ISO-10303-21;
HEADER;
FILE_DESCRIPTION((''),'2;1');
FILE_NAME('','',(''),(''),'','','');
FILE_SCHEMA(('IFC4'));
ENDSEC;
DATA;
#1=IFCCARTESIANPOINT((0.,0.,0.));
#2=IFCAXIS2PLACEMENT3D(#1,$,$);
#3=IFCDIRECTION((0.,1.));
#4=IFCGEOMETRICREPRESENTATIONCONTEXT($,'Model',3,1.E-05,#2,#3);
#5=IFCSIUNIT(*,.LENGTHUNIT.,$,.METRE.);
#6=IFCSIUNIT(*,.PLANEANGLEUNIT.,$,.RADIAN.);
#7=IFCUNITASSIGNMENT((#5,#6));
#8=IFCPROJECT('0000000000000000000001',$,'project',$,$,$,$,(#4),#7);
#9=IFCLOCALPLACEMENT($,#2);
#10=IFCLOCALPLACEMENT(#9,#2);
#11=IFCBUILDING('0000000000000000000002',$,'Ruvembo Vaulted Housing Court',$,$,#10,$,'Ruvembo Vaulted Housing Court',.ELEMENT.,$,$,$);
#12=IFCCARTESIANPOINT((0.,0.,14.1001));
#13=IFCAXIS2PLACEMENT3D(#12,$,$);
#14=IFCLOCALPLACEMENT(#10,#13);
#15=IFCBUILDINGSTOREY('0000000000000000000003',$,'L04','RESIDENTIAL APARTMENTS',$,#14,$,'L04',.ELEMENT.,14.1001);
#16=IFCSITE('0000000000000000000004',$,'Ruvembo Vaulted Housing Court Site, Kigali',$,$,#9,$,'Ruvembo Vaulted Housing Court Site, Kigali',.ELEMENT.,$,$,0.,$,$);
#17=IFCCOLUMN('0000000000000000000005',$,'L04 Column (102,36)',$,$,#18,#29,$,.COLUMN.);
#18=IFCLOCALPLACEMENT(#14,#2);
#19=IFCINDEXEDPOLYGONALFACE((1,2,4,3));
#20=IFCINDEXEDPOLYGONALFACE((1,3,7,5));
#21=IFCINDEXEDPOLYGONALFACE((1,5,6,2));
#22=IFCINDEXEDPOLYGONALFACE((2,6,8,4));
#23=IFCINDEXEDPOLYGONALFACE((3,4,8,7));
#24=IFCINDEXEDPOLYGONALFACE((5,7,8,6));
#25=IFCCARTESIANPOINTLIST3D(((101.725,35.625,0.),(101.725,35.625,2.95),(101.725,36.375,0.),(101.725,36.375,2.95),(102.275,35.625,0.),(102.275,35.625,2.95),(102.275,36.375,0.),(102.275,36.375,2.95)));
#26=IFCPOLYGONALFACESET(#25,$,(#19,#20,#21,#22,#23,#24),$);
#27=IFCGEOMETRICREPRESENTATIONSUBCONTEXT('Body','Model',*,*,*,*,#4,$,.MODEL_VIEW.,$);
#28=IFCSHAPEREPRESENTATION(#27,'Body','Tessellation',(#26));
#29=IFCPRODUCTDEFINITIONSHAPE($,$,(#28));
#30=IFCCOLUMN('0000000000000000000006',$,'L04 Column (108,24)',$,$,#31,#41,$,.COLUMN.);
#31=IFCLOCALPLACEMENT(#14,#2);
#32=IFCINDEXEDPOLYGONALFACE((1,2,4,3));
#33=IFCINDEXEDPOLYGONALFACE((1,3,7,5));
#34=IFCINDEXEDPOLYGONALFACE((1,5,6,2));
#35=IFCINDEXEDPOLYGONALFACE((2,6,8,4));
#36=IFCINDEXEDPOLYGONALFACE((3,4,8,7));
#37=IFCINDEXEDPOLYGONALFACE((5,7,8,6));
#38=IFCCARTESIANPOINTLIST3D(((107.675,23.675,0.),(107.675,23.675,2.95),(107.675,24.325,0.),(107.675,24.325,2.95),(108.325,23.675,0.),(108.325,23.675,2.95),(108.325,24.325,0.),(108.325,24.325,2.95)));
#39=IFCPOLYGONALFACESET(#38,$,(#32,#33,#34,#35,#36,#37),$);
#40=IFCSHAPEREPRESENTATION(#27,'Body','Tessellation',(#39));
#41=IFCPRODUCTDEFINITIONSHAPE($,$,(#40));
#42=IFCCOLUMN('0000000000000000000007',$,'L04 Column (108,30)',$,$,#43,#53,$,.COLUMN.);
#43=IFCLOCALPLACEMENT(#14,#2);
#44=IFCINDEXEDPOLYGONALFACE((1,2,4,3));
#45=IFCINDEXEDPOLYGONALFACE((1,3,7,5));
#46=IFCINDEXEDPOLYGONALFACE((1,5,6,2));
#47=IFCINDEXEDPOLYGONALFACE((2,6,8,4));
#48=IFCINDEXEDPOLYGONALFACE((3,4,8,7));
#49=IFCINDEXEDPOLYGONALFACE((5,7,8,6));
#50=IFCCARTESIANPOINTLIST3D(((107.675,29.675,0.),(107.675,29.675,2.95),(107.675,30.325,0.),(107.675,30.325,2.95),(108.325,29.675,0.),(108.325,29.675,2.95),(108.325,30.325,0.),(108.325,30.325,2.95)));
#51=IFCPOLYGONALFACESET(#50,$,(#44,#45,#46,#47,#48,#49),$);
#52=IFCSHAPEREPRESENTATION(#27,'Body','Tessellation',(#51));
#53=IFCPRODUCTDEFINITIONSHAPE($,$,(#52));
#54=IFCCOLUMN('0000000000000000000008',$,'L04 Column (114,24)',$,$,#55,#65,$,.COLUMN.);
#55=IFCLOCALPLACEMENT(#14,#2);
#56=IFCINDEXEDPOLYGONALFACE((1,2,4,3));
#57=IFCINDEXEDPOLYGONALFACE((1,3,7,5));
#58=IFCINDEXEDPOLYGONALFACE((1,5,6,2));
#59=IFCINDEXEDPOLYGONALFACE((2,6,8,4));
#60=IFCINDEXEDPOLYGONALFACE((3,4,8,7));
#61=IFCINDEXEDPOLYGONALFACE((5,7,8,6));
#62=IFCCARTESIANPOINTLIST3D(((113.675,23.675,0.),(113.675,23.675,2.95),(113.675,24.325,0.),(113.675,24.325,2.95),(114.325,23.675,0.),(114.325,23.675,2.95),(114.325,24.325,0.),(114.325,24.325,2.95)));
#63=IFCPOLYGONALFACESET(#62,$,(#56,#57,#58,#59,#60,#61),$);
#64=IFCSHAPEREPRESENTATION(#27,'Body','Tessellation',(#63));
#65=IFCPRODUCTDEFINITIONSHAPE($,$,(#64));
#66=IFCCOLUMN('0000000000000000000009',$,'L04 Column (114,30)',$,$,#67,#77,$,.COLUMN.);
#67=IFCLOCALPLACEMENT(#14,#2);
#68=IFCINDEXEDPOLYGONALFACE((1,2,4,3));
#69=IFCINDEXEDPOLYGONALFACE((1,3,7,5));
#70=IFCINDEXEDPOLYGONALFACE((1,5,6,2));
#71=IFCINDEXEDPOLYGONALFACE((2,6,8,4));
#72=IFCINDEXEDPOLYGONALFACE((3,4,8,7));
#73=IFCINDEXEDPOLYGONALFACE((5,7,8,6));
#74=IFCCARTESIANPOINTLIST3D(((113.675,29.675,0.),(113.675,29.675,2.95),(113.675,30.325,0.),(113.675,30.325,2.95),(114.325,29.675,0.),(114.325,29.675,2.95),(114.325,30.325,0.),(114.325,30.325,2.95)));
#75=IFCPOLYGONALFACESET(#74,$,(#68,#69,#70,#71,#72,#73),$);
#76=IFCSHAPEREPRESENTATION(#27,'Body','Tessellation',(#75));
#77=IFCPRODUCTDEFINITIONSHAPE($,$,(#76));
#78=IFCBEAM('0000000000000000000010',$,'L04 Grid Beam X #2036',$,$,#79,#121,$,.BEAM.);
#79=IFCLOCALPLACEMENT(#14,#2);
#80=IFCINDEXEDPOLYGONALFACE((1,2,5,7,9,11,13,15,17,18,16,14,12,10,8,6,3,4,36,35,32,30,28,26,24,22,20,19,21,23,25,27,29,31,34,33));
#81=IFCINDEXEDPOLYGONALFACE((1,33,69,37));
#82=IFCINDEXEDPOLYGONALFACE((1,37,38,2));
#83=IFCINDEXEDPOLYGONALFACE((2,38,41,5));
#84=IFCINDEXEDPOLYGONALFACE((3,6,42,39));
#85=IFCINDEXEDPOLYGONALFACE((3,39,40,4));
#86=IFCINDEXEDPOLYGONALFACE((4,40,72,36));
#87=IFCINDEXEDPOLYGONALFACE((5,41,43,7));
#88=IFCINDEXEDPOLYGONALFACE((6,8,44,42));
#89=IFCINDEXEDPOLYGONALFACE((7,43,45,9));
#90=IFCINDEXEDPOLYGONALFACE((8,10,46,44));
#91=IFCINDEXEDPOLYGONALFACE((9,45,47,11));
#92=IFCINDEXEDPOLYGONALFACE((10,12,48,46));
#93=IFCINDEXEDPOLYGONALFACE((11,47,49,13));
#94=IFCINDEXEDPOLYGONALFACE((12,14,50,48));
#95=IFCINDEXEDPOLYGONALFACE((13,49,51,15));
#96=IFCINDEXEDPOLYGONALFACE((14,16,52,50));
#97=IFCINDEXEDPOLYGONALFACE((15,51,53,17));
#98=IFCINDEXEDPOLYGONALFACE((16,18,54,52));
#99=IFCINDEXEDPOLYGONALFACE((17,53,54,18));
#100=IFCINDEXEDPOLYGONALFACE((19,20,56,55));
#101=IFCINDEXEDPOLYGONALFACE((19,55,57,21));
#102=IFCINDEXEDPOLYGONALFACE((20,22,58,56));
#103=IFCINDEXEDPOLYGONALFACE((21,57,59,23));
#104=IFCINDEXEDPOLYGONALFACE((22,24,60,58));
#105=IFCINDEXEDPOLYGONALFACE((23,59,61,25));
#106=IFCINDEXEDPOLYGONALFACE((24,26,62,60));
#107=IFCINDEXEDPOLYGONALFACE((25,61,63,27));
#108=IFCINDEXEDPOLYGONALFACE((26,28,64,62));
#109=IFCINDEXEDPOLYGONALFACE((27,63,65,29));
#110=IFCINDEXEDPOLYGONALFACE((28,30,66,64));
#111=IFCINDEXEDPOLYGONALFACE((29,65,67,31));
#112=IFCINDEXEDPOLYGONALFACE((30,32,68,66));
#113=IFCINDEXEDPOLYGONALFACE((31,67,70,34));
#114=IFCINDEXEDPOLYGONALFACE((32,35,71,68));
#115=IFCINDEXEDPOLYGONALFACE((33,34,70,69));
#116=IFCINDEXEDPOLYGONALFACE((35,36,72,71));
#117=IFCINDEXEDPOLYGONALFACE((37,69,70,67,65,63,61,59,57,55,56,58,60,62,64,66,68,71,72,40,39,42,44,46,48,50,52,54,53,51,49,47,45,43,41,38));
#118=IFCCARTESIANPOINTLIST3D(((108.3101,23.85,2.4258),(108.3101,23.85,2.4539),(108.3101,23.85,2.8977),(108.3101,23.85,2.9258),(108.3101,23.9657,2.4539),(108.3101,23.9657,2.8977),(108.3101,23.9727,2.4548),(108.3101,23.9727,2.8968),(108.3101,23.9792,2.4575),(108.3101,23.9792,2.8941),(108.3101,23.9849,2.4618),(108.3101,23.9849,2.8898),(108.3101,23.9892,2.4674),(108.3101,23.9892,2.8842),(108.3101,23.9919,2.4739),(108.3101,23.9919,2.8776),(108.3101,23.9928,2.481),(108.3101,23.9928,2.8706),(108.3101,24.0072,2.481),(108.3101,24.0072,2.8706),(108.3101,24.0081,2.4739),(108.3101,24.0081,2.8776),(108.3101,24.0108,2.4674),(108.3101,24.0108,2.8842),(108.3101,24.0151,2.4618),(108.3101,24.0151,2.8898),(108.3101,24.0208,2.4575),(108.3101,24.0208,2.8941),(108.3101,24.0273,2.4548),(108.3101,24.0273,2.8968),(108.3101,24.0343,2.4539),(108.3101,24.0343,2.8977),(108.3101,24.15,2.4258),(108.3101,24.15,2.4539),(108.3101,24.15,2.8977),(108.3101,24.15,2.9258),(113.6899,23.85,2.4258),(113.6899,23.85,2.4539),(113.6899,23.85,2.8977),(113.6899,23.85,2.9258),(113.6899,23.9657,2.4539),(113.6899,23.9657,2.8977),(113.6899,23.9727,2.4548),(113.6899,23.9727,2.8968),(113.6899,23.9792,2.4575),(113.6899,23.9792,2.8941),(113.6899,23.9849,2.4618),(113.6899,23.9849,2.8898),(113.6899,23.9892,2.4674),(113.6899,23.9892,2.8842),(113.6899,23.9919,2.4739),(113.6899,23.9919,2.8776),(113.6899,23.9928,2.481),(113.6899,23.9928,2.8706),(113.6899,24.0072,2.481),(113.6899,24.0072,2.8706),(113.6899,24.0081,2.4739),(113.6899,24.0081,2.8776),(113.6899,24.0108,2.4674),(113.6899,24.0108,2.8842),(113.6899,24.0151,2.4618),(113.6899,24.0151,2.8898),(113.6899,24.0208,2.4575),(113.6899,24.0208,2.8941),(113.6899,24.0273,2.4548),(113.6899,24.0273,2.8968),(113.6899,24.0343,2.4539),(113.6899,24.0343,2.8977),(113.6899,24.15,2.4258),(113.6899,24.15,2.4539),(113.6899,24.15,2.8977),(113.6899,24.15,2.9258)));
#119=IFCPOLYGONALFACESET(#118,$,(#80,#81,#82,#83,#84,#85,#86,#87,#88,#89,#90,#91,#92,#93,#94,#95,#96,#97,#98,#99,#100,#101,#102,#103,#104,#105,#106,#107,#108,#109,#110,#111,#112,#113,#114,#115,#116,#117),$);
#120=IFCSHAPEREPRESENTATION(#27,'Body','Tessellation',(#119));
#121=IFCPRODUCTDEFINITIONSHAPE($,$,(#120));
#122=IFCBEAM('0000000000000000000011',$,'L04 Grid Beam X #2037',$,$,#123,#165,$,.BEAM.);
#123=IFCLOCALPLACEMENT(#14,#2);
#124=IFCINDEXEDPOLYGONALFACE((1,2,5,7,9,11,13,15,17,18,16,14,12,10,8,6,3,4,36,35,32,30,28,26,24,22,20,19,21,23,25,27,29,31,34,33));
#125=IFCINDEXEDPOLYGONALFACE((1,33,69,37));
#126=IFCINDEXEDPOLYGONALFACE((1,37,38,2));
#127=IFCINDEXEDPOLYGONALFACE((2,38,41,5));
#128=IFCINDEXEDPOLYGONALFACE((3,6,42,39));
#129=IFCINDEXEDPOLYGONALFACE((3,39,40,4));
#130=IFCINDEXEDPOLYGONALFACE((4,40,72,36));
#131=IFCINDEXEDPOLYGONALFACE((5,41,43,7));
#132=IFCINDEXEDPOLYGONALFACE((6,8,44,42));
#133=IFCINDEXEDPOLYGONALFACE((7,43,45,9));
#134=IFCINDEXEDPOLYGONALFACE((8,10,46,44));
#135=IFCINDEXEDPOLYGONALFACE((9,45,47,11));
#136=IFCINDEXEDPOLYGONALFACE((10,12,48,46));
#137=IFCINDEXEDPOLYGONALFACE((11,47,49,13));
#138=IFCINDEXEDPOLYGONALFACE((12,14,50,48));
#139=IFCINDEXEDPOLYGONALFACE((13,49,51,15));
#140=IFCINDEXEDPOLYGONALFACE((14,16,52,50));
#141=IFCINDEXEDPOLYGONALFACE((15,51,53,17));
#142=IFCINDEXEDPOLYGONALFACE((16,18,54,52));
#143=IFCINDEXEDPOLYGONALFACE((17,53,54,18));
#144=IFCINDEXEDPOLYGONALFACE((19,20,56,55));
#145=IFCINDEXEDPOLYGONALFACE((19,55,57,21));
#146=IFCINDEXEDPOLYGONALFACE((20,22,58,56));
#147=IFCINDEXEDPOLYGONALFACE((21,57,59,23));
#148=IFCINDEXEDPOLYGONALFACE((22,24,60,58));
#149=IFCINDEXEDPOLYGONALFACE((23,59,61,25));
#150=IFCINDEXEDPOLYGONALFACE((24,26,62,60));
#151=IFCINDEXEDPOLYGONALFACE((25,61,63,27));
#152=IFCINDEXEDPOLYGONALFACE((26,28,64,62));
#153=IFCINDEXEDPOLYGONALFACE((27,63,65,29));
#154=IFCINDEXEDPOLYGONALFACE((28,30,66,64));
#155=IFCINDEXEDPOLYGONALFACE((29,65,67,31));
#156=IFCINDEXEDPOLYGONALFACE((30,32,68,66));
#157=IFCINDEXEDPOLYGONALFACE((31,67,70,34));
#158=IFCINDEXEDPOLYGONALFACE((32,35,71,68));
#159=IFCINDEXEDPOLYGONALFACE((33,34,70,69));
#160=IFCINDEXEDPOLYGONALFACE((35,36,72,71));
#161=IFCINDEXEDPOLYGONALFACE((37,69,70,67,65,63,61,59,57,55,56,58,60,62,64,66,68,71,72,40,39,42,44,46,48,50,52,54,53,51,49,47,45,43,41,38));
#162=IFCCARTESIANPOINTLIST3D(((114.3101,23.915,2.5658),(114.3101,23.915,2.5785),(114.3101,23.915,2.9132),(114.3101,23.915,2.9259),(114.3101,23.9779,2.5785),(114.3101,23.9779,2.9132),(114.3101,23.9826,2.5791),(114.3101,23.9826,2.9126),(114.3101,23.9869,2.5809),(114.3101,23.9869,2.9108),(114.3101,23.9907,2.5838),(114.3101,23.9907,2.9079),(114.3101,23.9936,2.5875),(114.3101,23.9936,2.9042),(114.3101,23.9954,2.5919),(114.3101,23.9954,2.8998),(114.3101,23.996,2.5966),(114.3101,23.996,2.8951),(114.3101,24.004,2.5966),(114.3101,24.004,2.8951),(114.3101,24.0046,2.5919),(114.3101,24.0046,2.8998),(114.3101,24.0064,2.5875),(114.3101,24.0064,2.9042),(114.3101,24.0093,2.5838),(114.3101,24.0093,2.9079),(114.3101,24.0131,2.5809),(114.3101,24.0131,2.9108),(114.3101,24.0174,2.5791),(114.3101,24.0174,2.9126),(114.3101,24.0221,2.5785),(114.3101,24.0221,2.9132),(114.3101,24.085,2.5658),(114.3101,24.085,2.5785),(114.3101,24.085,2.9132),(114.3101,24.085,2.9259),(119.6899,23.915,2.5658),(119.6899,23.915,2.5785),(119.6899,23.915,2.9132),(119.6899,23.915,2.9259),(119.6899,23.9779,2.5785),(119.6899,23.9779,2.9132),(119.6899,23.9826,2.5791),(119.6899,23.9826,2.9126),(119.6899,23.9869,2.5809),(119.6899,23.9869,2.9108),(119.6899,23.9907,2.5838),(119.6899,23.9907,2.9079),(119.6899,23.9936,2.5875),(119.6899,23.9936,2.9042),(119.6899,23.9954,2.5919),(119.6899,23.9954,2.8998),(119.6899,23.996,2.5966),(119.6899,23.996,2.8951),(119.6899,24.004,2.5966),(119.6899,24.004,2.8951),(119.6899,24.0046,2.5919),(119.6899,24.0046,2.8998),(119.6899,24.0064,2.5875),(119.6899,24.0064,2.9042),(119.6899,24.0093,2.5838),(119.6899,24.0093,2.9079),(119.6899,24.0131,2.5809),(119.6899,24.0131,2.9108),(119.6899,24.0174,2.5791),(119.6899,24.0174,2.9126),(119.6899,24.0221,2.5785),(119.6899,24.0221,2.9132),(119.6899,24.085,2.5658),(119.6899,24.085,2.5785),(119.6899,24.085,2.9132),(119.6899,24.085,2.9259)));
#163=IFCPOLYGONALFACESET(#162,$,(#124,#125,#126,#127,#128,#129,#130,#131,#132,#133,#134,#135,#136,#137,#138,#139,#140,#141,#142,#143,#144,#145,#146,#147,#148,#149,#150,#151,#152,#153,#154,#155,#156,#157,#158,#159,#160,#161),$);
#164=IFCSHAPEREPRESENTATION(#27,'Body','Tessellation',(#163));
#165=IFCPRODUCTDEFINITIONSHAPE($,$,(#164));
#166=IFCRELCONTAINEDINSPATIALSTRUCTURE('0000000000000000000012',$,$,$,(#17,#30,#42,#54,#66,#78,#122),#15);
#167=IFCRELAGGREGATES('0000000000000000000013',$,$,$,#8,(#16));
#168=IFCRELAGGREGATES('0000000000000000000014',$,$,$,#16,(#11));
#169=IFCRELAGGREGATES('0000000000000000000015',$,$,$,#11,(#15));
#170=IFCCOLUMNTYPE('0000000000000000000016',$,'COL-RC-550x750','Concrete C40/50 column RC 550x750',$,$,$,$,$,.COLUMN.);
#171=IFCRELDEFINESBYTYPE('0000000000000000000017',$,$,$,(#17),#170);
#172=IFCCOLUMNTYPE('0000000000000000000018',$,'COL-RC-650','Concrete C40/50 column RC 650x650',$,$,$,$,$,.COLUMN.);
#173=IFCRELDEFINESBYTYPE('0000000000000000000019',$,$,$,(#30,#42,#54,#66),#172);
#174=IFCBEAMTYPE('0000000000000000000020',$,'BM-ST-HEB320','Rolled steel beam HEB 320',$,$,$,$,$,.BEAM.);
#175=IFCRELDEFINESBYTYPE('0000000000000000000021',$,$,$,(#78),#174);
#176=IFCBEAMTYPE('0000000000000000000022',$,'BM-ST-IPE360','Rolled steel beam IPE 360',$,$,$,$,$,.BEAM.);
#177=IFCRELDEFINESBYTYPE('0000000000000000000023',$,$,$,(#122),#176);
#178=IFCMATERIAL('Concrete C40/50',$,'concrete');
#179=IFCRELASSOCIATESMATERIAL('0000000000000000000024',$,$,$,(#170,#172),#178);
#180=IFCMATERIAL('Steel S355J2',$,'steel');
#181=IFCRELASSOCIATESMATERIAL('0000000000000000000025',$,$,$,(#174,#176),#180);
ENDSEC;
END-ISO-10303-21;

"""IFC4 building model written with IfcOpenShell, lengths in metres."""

from ifc_helpers import new_model, si_unit, direction, frame, origin, origin_2d, place, context, subcontext, project, spatial, rectangle, i_section, extrude, material, material_profile, profile_set, type_object, element, save


model = new_model("IFC4")

# Units and contexts
model_context = context("Model", 3, precision=1e-05, world=origin(), true_north=direction((0.0, 1.0)))
body_context = subcontext(model_context, "Body", "Model", "MODEL_VIEW")
ifc_project = project(units=[si_unit("LENGTHUNIT", "METRE"), si_unit("PLANEANGLEUNIT", "RADIAN")], contexts=[model_context])

# Site, building, storey
site_placement = place(None, origin())
site = spatial("IfcSite", under=ifc_project, at=site_placement, Name="Ruvembo Vaulted Housing Court Site, Kigali", LongName="Ruvembo Vaulted Housing Court Site, Kigali", CompositionType="ELEMENT", RefElevation=0.0)
building_placement = place(site_placement, origin())
building = spatial("IfcBuilding", under=site, at=building_placement, Name="Ruvembo Vaulted Housing Court", LongName="Ruvembo Vaulted Housing Court", CompositionType="ELEMENT")
storey_placement = place(building_placement, frame((0.0, 0.0, 14.1001)))
storey = spatial("IfcBuildingStorey", under=building, at=storey_placement, Name="L04", Description="RESIDENTIAL APARTMENTS", LongName="L04", CompositionType="ELEMENT", Elevation=14.1001)

# Columns
ifc_material_1 = material(Name="Concrete C40/50", Category="concrete")
ifc_material_profile_1 = material_profile(ifc_material_1, rectangle(XDim=0.55, YDim=0.75, at=origin_2d()), Name="RC 550x750")
ifc_profile_set_1 = profile_set([ifc_material_profile_1], Name="Concrete C40/50")
column_type_1 = type_object("IfcColumnType", Name="COL-RC-550x750", Description="Concrete C40/50 column RC 550x750", PredefinedType="COLUMN", material=ifc_profile_set_1)
column_placement = place(storey_placement, frame((102.0, 36.0, 0.0), z_axis=(0.0, 0.0, 1.0), x_axis=(1.0, 0.0, 0.0)))
element("IfcColumn", 1, at=column_placement, inside=storey, type_object=column_type_1, Name="L04 Column (102,36)", PredefinedType="COLUMN", context=body_context, shape_type="SweptSolid", body=[
    extrude(rectangle(XDim=0.55, YDim=0.75, at=origin_2d()), origin(), (0.0, 0.0, 1.0), 2.95),
])
ifc_material_profile_2 = material_profile(ifc_material_1, rectangle(XDim=0.6499, YDim=0.6499, at=origin_2d()), Name="RC 650x650")
ifc_profile_set_2 = profile_set([ifc_material_profile_2], Name="Concrete C40/50")
column_type_2 = type_object("IfcColumnType", Name="COL-RC-650", Description="Concrete C40/50 column RC 650x650", PredefinedType="COLUMN", material=ifc_profile_set_2)
for number, where, z_axis, x_axis, name in (
    (2, (108.0, 24.0, 0.0), (0.0, 0.0, 1.0), (1.0, 0.0, 0.0), "L04 Column (108,24)"),
    (3, (108.0, 30.0, 0.0), (0.0, 0.0, 1.0), (1.0, 0.0, 0.0), "L04 Column (108,30)"),
    (4, (114.0, 24.0, 0.0), (0.0, 0.0, 1.0), (1.0, 0.0, 0.0), "L04 Column (114,24)"),
    (5, (114.0, 30.0, 0.0), (0.0, 0.0, 1.0), (1.0, 0.0, 0.0), "L04 Column (114,30)"),
):
    element("IfcColumn", number, at=place(storey_placement, frame(where, z_axis=z_axis, x_axis=x_axis)), inside=storey, type_object=column_type_2, Name=name, PredefinedType="COLUMN", context=body_context, shape_type="SweptSolid", body=[
        extrude(rectangle(XDim=0.6499, YDim=0.6499, at=origin_2d()), origin(), (0.0, 0.0, 1.0), 2.95),
    ])

# Beams
ifc_material_2 = material(Name="Steel S355J2", Category="steel")
ifc_material_profile_3 = material_profile(ifc_material_2, i_section(OverallWidth=0.3, OverallDepth=0.5, WebThickness=0.0144, FlangeThickness=0.0281, FilletRadius=0.0271, at=origin_2d()), Name="HEB 320")
ifc_profile_set_3 = profile_set([ifc_material_profile_3], Name="Steel S355J2")
beam_type_1 = type_object("IfcBeamType", Name="BM-ST-HEB320", Description="Rolled steel beam HEB 320", PredefinedType="BEAM", material=ifc_profile_set_3)
beam_1_placement = place(storey_placement, frame((108.3101, 24.0, 2.6758), z_axis=(1.0, 0.0, 0.0), x_axis=(0.0, 1.0, 0.0)))
element("IfcBeam", 6, at=beam_1_placement, inside=storey, type_object=beam_type_1, Name="L04 Grid Beam X #2036", PredefinedType="BEAM", context=body_context, shape_type="SweptSolid", body=[
    extrude(i_section(OverallWidth=0.3, OverallDepth=0.5, WebThickness=0.0144, FlangeThickness=0.0281, FilletRadius=0.0271, at=origin_2d()), origin(), (0.0, 0.0, 1.0), 5.3799),
])
ifc_material_profile_4 = material_profile(ifc_material_2, i_section(OverallWidth=0.1699, OverallDepth=0.3601, WebThickness=0.0081, FlangeThickness=0.0127, FilletRadius=0.0181, at=origin_2d()), Name="IPE 360")
ifc_profile_set_4 = profile_set([ifc_material_profile_4], Name="Steel S355J2")
beam_type_2 = type_object("IfcBeamType", Name="BM-ST-IPE360", Description="Rolled steel beam IPE 360", PredefinedType="BEAM", material=ifc_profile_set_4)
for number, where, z_axis, x_axis, name in (
    (7, (114.3101, 24.0, 2.7458), (1.0, 0.0, 0.0), (0.0, 1.0, 0.0), "L04 Grid Beam X #2037"),
):
    element("IfcBeam", number, at=place(storey_placement, frame(where, z_axis=z_axis, x_axis=x_axis)), inside=storey, type_object=beam_type_2, Name=name, PredefinedType="BEAM", context=body_context, shape_type="SweptSolid", body=[
        extrude(i_section(OverallWidth=0.1699, OverallDepth=0.3601, WebThickness=0.0081, FlangeThickness=0.0127, FilletRadius=0.0181, at=origin_2d()), origin(), (0.0, 0.0, 1.0), 5.3799),
    ])

save(model, "model.ifc")
